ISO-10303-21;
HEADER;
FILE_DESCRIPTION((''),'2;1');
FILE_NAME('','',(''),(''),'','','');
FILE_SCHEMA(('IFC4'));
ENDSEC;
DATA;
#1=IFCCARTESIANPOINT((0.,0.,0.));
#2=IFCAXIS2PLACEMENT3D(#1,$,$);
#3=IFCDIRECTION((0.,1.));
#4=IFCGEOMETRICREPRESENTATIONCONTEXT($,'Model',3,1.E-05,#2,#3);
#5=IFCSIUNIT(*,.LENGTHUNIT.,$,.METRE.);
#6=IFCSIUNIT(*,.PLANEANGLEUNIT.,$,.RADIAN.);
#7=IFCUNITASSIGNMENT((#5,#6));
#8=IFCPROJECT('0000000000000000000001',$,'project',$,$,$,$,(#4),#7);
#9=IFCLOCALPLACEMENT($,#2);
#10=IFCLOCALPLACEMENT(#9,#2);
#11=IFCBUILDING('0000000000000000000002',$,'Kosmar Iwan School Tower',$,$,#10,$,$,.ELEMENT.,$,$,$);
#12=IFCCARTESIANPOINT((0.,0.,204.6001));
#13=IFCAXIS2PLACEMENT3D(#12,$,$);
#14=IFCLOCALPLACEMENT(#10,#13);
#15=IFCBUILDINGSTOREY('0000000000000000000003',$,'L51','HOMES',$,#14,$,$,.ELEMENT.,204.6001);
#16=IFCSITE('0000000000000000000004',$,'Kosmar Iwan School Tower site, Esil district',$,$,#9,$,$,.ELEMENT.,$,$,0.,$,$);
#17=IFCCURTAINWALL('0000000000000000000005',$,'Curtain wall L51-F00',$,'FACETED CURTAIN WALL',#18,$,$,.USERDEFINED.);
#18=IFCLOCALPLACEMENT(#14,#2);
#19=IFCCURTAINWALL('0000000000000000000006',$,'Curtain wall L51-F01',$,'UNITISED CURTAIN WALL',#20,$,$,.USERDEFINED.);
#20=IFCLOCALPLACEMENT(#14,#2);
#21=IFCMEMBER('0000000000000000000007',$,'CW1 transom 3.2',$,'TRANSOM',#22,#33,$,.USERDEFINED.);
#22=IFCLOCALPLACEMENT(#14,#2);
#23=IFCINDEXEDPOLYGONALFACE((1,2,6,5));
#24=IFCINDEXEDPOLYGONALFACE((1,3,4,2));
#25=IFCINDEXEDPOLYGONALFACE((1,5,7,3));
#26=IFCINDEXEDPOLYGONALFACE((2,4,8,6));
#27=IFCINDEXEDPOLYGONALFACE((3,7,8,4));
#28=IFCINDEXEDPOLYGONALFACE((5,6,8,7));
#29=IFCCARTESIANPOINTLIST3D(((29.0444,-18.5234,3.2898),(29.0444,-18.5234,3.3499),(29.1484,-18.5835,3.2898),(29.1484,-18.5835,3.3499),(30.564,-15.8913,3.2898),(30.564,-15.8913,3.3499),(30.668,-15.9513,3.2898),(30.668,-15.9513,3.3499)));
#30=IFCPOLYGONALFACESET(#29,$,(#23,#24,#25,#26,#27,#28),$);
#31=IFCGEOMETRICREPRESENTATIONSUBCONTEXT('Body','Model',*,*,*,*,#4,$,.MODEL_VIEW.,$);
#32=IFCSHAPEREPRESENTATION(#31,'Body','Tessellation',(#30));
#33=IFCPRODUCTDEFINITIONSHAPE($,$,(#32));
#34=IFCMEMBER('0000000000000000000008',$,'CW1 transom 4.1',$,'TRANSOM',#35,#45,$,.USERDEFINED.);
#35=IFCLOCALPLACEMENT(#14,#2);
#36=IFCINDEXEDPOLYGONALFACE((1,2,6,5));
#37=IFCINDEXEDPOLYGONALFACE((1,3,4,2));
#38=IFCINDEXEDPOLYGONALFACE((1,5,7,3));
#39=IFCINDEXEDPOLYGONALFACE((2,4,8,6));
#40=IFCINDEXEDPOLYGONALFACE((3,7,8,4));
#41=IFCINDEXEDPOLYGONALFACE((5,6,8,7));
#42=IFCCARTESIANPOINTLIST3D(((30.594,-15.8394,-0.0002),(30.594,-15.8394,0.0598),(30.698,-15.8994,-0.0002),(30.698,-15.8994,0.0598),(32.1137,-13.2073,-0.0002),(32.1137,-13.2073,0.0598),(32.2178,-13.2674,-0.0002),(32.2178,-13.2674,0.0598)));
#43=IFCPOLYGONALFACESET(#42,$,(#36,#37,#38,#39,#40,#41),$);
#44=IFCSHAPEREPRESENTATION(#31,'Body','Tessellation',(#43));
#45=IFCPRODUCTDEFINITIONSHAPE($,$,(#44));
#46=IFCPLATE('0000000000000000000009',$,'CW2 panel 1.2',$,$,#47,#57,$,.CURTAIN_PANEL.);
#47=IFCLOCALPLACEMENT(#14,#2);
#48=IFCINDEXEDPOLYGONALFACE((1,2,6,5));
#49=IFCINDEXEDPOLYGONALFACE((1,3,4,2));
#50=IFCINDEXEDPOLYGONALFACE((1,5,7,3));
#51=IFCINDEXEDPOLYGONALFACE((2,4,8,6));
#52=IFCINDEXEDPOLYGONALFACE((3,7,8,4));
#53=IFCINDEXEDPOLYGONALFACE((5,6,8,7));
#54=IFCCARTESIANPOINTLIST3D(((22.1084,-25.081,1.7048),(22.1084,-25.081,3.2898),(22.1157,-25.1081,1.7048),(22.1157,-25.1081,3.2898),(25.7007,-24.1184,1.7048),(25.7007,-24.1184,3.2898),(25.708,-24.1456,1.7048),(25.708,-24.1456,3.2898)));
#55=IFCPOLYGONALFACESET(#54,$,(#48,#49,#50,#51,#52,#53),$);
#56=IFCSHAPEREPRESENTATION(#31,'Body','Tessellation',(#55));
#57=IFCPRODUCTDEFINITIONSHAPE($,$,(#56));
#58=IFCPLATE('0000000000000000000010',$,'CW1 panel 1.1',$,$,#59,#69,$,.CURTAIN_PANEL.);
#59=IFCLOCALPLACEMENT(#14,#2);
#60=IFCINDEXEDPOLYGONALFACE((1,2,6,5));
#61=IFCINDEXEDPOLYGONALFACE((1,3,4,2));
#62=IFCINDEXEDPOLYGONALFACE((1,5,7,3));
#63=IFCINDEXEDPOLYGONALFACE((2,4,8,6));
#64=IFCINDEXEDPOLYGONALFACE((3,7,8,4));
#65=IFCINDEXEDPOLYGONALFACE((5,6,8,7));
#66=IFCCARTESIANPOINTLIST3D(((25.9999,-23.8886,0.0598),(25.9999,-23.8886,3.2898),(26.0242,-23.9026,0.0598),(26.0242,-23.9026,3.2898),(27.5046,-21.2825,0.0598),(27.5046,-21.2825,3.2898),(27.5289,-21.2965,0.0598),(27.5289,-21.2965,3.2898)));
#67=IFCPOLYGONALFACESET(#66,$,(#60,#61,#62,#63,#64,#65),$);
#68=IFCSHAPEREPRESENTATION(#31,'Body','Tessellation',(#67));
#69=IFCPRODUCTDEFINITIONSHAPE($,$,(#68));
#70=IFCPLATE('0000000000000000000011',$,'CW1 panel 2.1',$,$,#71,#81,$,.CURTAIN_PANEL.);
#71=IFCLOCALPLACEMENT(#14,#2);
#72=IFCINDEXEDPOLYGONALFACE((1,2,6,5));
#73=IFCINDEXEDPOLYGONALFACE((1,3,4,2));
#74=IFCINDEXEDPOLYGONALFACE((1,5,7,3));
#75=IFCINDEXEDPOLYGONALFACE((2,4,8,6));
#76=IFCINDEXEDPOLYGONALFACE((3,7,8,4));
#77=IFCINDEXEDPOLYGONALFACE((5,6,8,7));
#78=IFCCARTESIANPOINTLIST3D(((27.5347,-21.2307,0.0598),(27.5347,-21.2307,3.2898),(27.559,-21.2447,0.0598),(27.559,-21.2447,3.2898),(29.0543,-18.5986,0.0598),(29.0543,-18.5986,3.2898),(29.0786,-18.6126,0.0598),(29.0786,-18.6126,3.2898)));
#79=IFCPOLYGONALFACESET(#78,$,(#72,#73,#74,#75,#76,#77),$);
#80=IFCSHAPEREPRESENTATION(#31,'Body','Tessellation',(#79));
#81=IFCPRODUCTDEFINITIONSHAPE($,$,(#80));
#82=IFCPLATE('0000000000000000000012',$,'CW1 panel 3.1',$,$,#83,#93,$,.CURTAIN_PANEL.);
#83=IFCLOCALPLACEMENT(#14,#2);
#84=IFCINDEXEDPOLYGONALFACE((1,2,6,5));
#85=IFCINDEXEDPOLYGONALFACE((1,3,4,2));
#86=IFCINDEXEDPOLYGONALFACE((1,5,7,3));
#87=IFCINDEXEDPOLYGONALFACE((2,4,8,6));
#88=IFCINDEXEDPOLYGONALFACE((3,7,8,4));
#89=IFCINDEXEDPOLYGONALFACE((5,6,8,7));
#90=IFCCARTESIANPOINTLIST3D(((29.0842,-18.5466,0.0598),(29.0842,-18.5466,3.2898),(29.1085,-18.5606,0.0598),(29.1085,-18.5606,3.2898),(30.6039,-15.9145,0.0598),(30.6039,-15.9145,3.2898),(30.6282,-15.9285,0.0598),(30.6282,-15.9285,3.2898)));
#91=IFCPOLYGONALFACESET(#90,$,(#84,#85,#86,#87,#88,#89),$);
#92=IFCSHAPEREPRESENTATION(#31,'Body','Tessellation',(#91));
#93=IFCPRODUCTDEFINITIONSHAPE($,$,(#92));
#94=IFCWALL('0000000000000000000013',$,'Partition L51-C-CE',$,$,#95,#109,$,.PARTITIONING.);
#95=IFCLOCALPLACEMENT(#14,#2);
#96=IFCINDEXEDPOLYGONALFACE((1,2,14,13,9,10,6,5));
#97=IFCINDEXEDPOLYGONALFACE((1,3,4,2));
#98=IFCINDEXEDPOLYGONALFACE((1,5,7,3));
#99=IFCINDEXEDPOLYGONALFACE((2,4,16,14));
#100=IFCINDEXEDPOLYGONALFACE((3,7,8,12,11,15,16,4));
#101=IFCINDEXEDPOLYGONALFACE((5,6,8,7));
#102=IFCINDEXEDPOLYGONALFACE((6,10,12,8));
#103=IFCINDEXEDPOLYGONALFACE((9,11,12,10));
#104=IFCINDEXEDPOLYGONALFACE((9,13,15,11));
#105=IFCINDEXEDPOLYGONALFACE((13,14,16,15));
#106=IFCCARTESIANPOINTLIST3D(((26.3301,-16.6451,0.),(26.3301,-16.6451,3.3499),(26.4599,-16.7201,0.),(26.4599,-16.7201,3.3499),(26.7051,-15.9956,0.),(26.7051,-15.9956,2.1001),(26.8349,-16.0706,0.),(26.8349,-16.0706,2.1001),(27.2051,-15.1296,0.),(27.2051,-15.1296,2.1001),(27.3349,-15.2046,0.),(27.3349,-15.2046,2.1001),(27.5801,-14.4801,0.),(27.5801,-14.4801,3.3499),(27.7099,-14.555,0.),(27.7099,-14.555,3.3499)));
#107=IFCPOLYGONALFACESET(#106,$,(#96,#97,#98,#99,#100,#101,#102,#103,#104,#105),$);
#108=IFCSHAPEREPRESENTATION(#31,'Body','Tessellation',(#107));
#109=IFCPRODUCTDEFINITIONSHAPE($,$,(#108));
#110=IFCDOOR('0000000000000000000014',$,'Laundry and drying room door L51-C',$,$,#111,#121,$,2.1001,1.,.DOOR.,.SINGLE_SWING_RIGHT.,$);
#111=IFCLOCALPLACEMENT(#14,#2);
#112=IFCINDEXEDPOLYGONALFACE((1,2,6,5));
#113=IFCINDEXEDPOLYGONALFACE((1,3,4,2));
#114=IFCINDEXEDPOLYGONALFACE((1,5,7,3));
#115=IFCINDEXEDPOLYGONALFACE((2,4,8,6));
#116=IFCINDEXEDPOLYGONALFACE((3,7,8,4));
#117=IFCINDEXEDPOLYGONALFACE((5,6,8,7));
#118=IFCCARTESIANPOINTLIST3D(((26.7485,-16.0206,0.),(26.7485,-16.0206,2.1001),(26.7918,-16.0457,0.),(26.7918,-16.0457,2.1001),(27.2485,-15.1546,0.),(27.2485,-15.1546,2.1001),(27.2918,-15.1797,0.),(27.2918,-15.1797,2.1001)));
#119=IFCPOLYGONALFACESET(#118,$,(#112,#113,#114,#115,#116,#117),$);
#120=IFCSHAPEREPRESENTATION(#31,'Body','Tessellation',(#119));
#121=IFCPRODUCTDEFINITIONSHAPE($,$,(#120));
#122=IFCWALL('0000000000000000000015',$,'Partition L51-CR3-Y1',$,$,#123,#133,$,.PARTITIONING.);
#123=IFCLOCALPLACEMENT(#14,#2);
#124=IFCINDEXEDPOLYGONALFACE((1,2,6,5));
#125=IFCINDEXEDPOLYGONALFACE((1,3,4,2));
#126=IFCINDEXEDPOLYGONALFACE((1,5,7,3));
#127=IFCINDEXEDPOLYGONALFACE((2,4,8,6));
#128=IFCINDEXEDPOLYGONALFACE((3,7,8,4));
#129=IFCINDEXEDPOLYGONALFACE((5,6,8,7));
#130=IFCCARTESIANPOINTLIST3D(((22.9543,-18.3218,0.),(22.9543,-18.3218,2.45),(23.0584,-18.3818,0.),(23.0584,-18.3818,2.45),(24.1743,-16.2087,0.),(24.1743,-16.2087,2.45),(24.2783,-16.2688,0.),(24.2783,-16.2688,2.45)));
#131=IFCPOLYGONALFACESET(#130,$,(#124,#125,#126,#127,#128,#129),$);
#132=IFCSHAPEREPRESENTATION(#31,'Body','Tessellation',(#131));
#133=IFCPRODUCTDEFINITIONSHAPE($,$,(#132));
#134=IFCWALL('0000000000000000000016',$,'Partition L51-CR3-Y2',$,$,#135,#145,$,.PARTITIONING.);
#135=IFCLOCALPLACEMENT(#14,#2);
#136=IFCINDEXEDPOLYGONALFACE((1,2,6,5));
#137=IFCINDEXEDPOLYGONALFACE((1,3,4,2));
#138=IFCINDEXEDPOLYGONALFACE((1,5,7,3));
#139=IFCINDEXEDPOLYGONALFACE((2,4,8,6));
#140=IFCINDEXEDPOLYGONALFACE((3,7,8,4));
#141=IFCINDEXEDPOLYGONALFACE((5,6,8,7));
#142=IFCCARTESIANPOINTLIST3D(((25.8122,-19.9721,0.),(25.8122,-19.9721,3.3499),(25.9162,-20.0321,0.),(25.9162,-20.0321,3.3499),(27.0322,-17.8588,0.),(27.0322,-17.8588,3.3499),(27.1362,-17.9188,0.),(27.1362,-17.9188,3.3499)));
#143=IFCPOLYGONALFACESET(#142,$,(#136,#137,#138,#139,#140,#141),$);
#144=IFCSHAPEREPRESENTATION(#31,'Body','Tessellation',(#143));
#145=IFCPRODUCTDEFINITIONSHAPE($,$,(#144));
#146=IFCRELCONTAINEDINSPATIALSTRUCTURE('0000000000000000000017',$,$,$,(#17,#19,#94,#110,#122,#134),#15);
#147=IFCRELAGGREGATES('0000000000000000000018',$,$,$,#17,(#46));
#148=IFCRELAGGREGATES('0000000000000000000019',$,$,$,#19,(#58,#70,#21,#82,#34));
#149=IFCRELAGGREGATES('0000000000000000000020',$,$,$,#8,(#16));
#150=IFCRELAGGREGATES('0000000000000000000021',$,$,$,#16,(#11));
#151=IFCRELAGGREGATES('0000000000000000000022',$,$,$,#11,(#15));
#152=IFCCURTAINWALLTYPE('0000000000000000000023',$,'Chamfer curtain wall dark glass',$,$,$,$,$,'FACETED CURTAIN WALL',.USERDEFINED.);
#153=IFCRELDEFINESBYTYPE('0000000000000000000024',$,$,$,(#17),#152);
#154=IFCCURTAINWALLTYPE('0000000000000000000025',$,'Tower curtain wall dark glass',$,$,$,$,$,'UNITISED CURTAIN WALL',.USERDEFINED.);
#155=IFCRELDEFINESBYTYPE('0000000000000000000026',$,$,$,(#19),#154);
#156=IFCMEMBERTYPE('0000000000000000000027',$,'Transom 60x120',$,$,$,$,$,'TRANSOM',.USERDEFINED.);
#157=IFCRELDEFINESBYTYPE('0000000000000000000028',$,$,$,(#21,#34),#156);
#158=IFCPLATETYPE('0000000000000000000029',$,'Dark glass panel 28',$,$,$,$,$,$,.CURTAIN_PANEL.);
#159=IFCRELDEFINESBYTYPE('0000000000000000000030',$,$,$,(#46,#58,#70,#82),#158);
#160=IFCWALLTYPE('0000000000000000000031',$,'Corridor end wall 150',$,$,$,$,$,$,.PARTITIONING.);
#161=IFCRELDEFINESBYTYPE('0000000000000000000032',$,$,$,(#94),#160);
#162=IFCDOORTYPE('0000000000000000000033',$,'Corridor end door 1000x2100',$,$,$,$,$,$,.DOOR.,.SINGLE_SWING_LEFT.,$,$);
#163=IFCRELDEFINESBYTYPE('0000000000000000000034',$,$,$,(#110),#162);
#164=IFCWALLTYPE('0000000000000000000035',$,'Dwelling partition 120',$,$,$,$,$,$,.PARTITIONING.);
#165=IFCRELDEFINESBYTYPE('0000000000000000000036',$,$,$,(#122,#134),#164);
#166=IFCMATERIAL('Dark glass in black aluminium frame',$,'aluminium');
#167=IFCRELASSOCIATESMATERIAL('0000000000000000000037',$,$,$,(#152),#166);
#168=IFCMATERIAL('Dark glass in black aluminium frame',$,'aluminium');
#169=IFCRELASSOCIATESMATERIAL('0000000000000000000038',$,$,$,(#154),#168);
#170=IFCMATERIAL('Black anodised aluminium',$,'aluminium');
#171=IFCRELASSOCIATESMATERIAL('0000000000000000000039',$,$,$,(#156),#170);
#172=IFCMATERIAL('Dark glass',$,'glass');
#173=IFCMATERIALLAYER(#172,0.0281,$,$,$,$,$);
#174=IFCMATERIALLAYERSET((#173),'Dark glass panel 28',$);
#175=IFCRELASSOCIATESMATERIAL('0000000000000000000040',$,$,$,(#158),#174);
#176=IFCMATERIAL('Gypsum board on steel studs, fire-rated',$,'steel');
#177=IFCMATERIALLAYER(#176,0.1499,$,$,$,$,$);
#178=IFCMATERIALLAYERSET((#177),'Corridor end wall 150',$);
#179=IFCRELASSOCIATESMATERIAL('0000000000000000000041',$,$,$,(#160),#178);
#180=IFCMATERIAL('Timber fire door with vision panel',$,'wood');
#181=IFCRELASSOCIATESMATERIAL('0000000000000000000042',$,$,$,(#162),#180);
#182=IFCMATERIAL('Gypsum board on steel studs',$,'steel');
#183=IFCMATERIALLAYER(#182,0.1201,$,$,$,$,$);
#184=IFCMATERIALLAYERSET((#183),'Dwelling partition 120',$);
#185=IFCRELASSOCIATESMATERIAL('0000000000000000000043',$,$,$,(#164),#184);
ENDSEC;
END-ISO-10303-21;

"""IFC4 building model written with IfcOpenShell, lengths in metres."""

from ifc_helpers import new_model, si_unit, direction, frame, frame_2d, origin, origin_2d, place, context, subcontext, project, spatial, rectangle, extrude, material, layer, layer_set, material_profile, profile_set, type_object, element, fill, aggregate, save


model = new_model("IFC4")

# Units and contexts
model_context = context("Model", 3, precision=1e-05, world=origin(), true_north=direction((0.0, 1.0)))
body_context = subcontext(model_context, "Body", "Model", "MODEL_VIEW")
ifc_project = project(units=[si_unit("LENGTHUNIT", "METRE"), si_unit("PLANEANGLEUNIT", "RADIAN")], contexts=[model_context])

# Site, building, storey
site_placement = place(None, origin())
site = spatial("IfcSite", under=ifc_project, at=site_placement, Name="Kosmar Iwan School Tower site, Esil district", CompositionType="ELEMENT", RefElevation=0.0)
building_placement = place(site_placement, origin())
building = spatial("IfcBuilding", under=site, at=building_placement, Name="Kosmar Iwan School Tower", CompositionType="ELEMENT")
storey_placement = place(building_placement, frame((0.0, 0.0, 204.6001)))
storey = spatial("IfcBuildingStorey", under=building, at=storey_placement, Name="L51", Description="HOMES", CompositionType="ELEMENT", Elevation=204.6001)

# Curtain wall
ifc_material_1 = material(Name="Dark glass in black aluminium frame", Category="aluminium")
curtain_wall_type_1 = type_object("IfcCurtainWallType", Name="Chamfer curtain wall dark glass", ElementType="FACETED CURTAIN WALL", PredefinedType="USERDEFINED", material=ifc_material_1)
curtain_wall_1_placement = place(storey_placement, origin())
curtain_wall_1 = element("IfcCurtainWall", 1, at=curtain_wall_1_placement, inside=storey, type_object=curtain_wall_type_1, Name="Curtain wall L51-F00", ObjectType="FACETED CURTAIN WALL", PredefinedType="USERDEFINED")

# Curtain wall
ifc_material_2 = material(Name="Dark glass in black aluminium frame", Category="aluminium")
curtain_wall_type_2 = type_object("IfcCurtainWallType", Name="Tower curtain wall dark glass", ElementType="UNITISED CURTAIN WALL", PredefinedType="USERDEFINED", material=ifc_material_2)
curtain_wall_2_placement = place(storey_placement, origin())
curtain_wall_2 = element("IfcCurtainWall", 2, at=curtain_wall_2_placement, inside=storey, type_object=curtain_wall_type_2, Name="Curtain wall L51-F01", ObjectType="UNITISED CURTAIN WALL", PredefinedType="USERDEFINED")

# Members
ifc_material_3 = material(Name="Black anodised aluminium", Category="aluminium")
ifc_material_profile_1 = material_profile(ifc_material_3, rectangle(XDim=0.1201, YDim=0.0601, at=origin_2d()), Name="TRANSOM 60x120")
ifc_profile_set_1 = profile_set([ifc_material_profile_1], Name="Black anodised aluminium")
member_type_1 = type_object("IfcMemberType", Name="Transom 60x120", ElementType="TRANSOM", PredefinedType="USERDEFINED", material=ifc_profile_set_1)
member_1_placement = place(storey_placement, frame((29.0964, -18.5535, 3.3198), z_axis=(0.499975, 0.86604, 0.0), x_axis=(-0.86604, 0.499975, 0.0)))
member_1 = element("IfcMember", 3, at=member_1_placement, type_object=member_type_1, Name="CW1 transom 3.2", ObjectType="TRANSOM", PredefinedType="USERDEFINED", context=body_context, shape_type="SweptSolid", body=[
    extrude(rectangle(XDim=0.1201, YDim=0.0601, at=origin_2d()), origin(), (0.0, 0.0, 1.0), 3.0393),
])
member_2_placement = place(storey_placement, frame((30.646, -15.8694, 0.0298), z_axis=(0.500035, 0.866005, 0.0), x_axis=(-0.866005, 0.500035, 0.0)))
member_2 = element("IfcMember", 4, at=member_2_placement, type_object=member_type_1, Name="CW1 transom 4.1", ObjectType="TRANSOM", PredefinedType="USERDEFINED", context=body_context, shape_type="SweptSolid", body=[
    extrude(rectangle(XDim=0.1201, YDim=0.0601, at=origin_2d()), origin(), (0.0, 0.0, 1.0), 3.0393),
])

# Plates
ifc_material_4 = material(Name="Dark glass", Category="glass")
ifc_layer_1 = layer(ifc_material_4, 0.0281)
ifc_layer_set_1 = layer_set([ifc_layer_1], Name="Dark glass panel 28")
plate_type = type_object("IfcPlateType", Name="Dark glass panel 28", PredefinedType="CURTAIN_PANEL", material=ifc_layer_set_1)
plate_1_placement = place(storey_placement, frame((23.9082, -24.6133, 1.7048), z_axis=(0.0, 0.0, 1.0), x_axis=(0.965926, 0.258819, 0.0)))
plate_1 = element("IfcPlate", 5, at=plate_1_placement, type_object=plate_type, Name="CW2 panel 1.2", PredefinedType="CURTAIN_PANEL", context=body_context, shape_type="SweptSolid", body=[
    extrude(rectangle(XDim=3.719, YDim=0.0281, at=origin_2d()), origin(), (0.0, 0.0, 1.0), 1.585),
])
aggregate(curtain_wall_1, [plate_1])
plate_2_placement = place(storey_placement, frame((26.7644, -22.5925, 0.0598), z_axis=(0.0, 0.0, 1.0), x_axis=(0.5, 0.866025, 0.0)))
plate_2 = element("IfcPlate", 6, at=plate_2_placement, type_object=plate_type, Name="CW1 panel 1.1", PredefinedType="CURTAIN_PANEL", context=body_context, shape_type="SweptSolid", body=[
    extrude(rectangle(XDim=3.0093, YDim=0.0281, at=origin_2d()), origin(), (0.0, 0.0, 1.0), 3.23),
])
plate_3_placement = place(storey_placement, frame((28.3066, -19.9216, 0.0598), z_axis=(0.0, 0.0, 1.0), x_axis=(0.5, 0.866025, 0.0)))
plate_3 = element("IfcPlate", 7, at=plate_3_placement, type_object=plate_type, Name="CW1 panel 2.1", PredefinedType="CURTAIN_PANEL", context=body_context, shape_type="SweptSolid", body=[
    extrude(rectangle(XDim=3.0393, YDim=0.0281, at=origin_2d()), origin(), (0.0, 0.0, 1.0), 3.23),
])
plate_4_placement = place(storey_placement, frame((29.8562, -17.2375, 0.0598), z_axis=(0.0, 0.0, 1.0), x_axis=(0.5, 0.866025, 0.0)))
plate_4 = element("IfcPlate", 8, at=plate_4_placement, type_object=plate_type, Name="CW1 panel 3.1", PredefinedType="CURTAIN_PANEL", context=body_context, shape_type="SweptSolid", body=[
    extrude(rectangle(XDim=3.0393, YDim=0.0281, at=origin_2d()), origin(), (0.0, 0.0, 1.0), 3.23),
])
aggregate(curtain_wall_2, [plate_2, plate_3, member_1, plate_4, member_2])

# Wall, opening, door
ifc_material_5 = material(Name="Gypsum board on steel studs, fire-rated", Category="steel")
ifc_layer_2 = layer(ifc_material_5, 0.1499)
ifc_layer_set_2 = layer_set([ifc_layer_2], Name="Corridor end wall 150")
wall_type_1 = type_object("IfcWallType", Name="Corridor end wall 150", PredefinedType="PARTITIONING", material=ifc_layer_set_2)
wall_1_placement = place(storey_placement, frame((26.395, -16.6826, 0.0), z_axis=(0.0, 0.0, 1.0), x_axis=(0.500004, 0.866023, 0.0)))
wall_1 = element("IfcWall", 9, at=wall_1_placement, inside=storey, type_object=wall_type_1, Name="Partition L51-C-CE", PredefinedType="PARTITIONING", context=body_context, shape_type="SweptSolid", body=[
    extrude(rectangle(XDim=2.5, YDim=0.1499, at=frame_2d((1.25, 0.0))), origin(), (0.0, 0.0, 1.0), 3.3499),
])
opening_placement = place(wall_1_placement, frame((0.75, 0.0, 0.0)))
opening = element("IfcOpeningElement", 10, at=opening_placement, cuts=wall_1, PredefinedType="OPENING", context=body_context, shape_type="SweptSolid", body=[
    extrude(rectangle(XDim=1.0, YDim=2.1001, at=frame_2d((0.5, 1.05))), frame((0.0, 0.0869, 0.0), z_axis=(0.0, -1.0, 0.0), x_axis=(1.0, 0.0, 0.0)), (0.0, 0.0, 1.0), 0.1738),
])
ifc_material_6 = material(Name="Timber fire door with vision panel", Category="wood")
door_type = type_object("IfcDoorType", Name="Corridor end door 1000x2100", OperationType="SINGLE_SWING_LEFT", PredefinedType="DOOR", material=ifc_material_6)
door_placement = place(opening_placement, origin())
door = element("IfcDoor", 11, at=door_placement, inside=storey, type_object=door_type, Name="Laundry and drying room door L51-C", OperationType="SINGLE_SWING_RIGHT", OverallHeight=2.1001, OverallWidth=1.0, PredefinedType="DOOR", context=body_context, shape_type="SweptSolid", body=[
    extrude(rectangle(XDim=1.0, YDim=2.1001, at=frame_2d((0.5, 1.05))), frame((0.0, 0.0249, 0.0), z_axis=(0.0, -1.0, 0.0), x_axis=(1.0, 0.0, 0.0)), (0.0, 0.0, 1.0), 0.05),
])
fill(opening, door)

# Walls
ifc_material_7 = material(Name="Gypsum board on steel studs", Category="steel")
ifc_layer_3 = layer(ifc_material_7, 0.1201)
ifc_layer_set_3 = layer_set([ifc_layer_3], Name="Dwelling partition 120")
wall_type_2 = type_object("IfcWallType", Name="Dwelling partition 120", PredefinedType="PARTITIONING", material=ifc_layer_set_3)
wall_2_placement = place(storey_placement, frame((24.2263, -16.2388, 0.0), z_axis=(0.0, 0.0, 1.0), x_axis=(-0.500003, -0.866024, 0.0)))
element("IfcWall", 12, at=wall_2_placement, inside=storey, type_object=wall_type_2, Name="Partition L51-CR3-Y1", PredefinedType="PARTITIONING", context=body_context, shape_type="SweptSolid", body=[
    extrude(rectangle(XDim=2.4399, YDim=0.1201, at=frame_2d((1.22, 0.0))), origin(), (0.0, 0.0, 1.0), 2.45),
])
wall_3_placement = place(storey_placement, frame((27.0842, -17.8887, 0.0), z_axis=(0.0, 0.0, 1.0), x_axis=(-0.499959, -0.866049, 0.0)))
element("IfcWall", 13, at=wall_3_placement, inside=storey, type_object=wall_type_2, Name="Partition L51-CR3-Y2", PredefinedType="PARTITIONING", context=body_context, shape_type="SweptSolid", body=[
    extrude(rectangle(XDim=2.4402, YDim=0.1201, at=frame_2d((1.2202, 0.0))), origin(), (0.0, 0.0, 1.0), 3.3499),
])

save(model, "model.ifc")
